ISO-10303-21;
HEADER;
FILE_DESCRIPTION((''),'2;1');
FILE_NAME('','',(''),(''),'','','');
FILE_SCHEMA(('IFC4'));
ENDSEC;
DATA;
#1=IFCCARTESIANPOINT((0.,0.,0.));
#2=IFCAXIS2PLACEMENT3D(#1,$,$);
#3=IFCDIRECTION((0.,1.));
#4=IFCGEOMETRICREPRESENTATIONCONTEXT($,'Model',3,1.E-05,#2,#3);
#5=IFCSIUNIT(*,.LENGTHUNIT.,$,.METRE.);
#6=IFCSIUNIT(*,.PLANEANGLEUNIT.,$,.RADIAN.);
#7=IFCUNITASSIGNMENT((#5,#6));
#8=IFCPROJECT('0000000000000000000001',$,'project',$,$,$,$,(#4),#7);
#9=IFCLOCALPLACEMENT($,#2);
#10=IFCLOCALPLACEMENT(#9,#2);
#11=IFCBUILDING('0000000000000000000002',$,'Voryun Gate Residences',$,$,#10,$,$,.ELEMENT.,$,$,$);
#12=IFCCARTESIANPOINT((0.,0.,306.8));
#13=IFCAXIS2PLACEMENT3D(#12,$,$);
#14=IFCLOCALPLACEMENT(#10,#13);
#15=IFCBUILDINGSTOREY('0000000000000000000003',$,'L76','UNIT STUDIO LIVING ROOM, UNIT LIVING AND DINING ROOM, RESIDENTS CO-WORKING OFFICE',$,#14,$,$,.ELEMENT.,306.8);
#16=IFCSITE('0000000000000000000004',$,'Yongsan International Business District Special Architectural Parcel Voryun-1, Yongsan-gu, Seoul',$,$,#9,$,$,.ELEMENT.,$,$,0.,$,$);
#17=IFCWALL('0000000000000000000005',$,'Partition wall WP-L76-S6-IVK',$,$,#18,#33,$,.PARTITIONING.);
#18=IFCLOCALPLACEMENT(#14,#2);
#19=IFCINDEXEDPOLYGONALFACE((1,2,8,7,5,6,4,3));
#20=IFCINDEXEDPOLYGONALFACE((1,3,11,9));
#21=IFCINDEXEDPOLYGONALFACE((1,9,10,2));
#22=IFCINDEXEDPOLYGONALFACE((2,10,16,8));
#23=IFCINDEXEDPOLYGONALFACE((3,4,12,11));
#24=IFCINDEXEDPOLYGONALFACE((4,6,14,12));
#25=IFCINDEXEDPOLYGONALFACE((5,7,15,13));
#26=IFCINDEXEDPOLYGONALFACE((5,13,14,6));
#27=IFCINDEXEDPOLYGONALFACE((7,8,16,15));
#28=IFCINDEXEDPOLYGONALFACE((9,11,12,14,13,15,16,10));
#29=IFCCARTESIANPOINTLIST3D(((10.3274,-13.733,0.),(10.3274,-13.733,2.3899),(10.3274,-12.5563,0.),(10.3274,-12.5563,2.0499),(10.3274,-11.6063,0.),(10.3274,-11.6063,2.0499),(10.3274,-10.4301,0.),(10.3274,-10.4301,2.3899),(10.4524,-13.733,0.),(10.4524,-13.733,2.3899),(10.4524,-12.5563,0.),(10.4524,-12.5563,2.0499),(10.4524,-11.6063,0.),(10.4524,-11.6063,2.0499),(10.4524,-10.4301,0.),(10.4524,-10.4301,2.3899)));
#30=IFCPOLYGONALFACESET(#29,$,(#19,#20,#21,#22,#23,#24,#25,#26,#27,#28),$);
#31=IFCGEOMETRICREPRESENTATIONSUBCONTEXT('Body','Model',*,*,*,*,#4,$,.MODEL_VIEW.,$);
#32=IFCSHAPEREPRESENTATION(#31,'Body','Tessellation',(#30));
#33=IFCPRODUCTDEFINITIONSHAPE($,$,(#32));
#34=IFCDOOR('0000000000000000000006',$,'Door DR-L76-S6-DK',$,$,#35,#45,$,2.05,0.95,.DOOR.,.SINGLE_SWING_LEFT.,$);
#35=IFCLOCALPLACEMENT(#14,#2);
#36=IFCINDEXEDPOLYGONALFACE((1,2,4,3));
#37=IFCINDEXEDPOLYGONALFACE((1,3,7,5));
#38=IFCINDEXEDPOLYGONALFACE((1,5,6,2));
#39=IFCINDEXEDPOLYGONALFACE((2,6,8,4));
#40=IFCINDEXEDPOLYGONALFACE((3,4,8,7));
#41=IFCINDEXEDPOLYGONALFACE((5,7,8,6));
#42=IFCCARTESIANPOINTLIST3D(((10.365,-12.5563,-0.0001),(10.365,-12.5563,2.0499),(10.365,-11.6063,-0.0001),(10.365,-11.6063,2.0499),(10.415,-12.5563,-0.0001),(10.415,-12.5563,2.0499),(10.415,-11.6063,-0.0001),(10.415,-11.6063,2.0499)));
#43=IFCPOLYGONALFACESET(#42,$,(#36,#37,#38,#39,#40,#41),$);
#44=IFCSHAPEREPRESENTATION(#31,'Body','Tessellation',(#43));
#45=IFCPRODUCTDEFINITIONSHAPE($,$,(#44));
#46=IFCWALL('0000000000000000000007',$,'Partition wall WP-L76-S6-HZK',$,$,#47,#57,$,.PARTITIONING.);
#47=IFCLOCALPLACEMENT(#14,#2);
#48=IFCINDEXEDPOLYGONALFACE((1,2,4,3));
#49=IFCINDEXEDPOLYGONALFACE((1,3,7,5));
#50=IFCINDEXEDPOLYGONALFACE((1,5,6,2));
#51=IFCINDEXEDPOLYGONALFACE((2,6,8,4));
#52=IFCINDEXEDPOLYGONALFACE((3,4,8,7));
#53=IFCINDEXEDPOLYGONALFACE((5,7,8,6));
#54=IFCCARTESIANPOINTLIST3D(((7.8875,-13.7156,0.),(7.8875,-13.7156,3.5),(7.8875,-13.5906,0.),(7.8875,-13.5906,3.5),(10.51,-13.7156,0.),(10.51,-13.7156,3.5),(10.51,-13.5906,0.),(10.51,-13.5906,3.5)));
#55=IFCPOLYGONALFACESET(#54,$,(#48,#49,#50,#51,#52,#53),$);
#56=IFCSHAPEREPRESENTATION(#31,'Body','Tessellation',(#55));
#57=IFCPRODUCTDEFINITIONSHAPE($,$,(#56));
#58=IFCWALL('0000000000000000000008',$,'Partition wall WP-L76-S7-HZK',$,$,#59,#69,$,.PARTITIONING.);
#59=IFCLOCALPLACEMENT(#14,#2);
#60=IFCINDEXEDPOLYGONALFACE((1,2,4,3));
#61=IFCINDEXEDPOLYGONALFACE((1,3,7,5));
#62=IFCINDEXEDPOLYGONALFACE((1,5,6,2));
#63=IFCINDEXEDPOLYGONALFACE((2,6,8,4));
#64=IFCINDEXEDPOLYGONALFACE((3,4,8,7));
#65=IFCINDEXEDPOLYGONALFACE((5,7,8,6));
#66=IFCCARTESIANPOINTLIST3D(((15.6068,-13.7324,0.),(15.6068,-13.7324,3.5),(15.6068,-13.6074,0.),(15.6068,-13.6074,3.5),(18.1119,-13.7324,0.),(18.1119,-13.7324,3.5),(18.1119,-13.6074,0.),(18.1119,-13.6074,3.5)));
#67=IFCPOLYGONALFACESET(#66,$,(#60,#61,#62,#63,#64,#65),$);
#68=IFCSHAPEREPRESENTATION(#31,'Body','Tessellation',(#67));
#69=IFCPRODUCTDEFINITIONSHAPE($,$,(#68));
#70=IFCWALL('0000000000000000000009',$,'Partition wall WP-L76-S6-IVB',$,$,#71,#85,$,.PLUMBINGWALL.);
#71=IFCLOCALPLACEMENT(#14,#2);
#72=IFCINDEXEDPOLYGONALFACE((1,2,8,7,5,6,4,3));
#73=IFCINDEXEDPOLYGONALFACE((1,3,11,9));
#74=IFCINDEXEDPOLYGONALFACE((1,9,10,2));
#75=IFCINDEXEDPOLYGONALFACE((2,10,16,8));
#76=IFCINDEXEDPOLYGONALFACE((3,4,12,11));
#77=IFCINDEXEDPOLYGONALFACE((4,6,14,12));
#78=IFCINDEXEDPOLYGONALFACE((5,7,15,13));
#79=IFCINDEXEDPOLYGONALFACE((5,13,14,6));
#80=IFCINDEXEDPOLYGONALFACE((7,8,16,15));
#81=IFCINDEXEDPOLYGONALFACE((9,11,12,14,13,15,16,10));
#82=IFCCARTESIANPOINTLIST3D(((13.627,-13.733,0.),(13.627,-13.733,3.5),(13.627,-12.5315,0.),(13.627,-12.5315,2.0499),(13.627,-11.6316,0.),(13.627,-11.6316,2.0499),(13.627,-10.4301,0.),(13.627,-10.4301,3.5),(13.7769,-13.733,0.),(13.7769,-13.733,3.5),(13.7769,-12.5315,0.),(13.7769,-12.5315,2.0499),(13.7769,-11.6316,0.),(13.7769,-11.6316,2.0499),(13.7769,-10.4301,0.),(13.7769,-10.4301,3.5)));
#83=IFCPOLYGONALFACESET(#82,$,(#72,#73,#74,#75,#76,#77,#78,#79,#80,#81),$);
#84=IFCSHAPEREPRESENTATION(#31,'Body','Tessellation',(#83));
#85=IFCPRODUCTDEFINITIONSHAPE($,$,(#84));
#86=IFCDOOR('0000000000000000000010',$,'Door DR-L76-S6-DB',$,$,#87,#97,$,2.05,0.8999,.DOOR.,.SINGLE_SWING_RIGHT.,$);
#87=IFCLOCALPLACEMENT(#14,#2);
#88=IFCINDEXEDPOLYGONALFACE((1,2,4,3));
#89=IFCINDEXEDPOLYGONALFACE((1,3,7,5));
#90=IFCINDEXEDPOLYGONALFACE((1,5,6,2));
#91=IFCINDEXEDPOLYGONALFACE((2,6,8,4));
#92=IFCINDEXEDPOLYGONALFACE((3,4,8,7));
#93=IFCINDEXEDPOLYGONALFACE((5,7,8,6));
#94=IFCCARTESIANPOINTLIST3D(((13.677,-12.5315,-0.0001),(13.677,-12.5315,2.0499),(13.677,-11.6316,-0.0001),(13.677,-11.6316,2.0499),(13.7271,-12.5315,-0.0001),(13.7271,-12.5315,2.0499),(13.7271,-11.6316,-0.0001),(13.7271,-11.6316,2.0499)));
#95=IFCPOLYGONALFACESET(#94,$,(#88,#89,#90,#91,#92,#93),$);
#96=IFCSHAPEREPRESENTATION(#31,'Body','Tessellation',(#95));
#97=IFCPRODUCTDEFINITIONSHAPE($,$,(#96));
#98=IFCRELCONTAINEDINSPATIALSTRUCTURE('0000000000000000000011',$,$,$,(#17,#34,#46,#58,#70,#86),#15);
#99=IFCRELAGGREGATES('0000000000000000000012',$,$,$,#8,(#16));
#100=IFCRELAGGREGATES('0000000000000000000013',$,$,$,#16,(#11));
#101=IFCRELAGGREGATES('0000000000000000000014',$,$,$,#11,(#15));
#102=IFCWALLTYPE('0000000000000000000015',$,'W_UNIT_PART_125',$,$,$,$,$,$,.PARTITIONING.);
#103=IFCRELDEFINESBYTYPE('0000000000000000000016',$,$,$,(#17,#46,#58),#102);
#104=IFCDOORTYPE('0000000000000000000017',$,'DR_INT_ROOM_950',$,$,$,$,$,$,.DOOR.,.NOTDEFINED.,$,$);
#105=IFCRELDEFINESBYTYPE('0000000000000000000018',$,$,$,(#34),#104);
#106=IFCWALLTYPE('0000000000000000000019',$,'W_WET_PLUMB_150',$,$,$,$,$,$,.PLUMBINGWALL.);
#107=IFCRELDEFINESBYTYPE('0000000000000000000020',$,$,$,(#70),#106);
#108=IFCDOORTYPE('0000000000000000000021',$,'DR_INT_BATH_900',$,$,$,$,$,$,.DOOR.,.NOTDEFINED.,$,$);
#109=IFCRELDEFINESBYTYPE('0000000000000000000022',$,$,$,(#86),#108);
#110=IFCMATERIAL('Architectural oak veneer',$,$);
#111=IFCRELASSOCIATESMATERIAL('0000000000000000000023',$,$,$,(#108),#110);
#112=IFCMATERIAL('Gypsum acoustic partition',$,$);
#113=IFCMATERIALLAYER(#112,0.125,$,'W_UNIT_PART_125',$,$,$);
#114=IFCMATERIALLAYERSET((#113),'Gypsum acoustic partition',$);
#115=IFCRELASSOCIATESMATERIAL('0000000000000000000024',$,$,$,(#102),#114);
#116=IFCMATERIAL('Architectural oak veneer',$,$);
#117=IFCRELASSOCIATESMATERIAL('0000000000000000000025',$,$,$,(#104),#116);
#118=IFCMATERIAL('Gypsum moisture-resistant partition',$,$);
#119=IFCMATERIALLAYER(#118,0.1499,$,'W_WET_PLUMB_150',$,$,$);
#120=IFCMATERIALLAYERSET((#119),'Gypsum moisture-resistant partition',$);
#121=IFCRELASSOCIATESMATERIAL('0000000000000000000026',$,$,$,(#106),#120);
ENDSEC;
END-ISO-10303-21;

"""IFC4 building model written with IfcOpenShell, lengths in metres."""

from ifc_helpers import new_model, si_unit, direction, frame, frame_2d, origin, place, context, subcontext, project, spatial, rectangle, extrude, material, layer, layer_set, type_object, element, fill, save


model = new_model("IFC4")

# Units and contexts
model_context = context("Model", 3, precision=1e-05, world=origin(), true_north=direction((0.0, 1.0)))
body_context = subcontext(model_context, "Body", "Model", "MODEL_VIEW")
ifc_project = project(units=[si_unit("LENGTHUNIT", "METRE"), si_unit("PLANEANGLEUNIT", "RADIAN")], contexts=[model_context])

# Site, building, storey
site_placement = place(None, origin())
site = spatial("IfcSite", under=ifc_project, at=site_placement, Name="Yongsan International Business District Special Architectural Parcel Voryun-1, Yongsan-gu, Seoul", CompositionType="ELEMENT", RefElevation=0.0)
building_placement = place(site_placement, origin())
building = spatial("IfcBuilding", under=site, at=building_placement, Name="Voryun Gate Residences", CompositionType="ELEMENT")
storey_placement = place(building_placement, frame((0.0, 0.0, 306.8)))
storey = spatial("IfcBuildingStorey", under=building, at=storey_placement, Name="L76", Description="UNIT STUDIO LIVING ROOM, UNIT LIVING AND DINING ROOM, RESIDENTS CO-WORKING OFFICE", CompositionType="ELEMENT", Elevation=306.8)

# Wall, opening, door
ifc_material_1 = material(Name="Architectural oak veneer")
door_type_1 = type_object("IfcDoorType", Name="DR_INT_BATH_900", OperationType="NOTDEFINED", PredefinedType="DOOR", material=ifc_material_1)
ifc_material_2 = material(Name="Gypsum acoustic partition")
ifc_layer_1 = layer(ifc_material_2, 0.125, Name="W_UNIT_PART_125")
ifc_layer_set_1 = layer_set([ifc_layer_1], Name="Gypsum acoustic partition")
wall_type_1 = type_object("IfcWallType", Name="W_UNIT_PART_125", PredefinedType="PARTITIONING", material=ifc_layer_set_1)
wall_1_placement = place(storey_placement, frame((10.3899, -13.7329, 0.0), z_axis=(0.0, 0.0, 1.0), x_axis=(0.0, 1.0, 0.0)))
wall_1 = element("IfcWall", 1, at=wall_1_placement, inside=storey, type_object=wall_type_1, Name="Partition wall WP-L76-S6-IVK", PredefinedType="PARTITIONING", context=body_context, shape_type="SweptSolid", body=[
    extrude(rectangle(XDim=3.303, YDim=0.125, at=frame_2d((1.6514, 0.0))), origin(), (0.0, 0.0, 1.0), 2.3899),
])
opening_1_placement = place(wall_1_placement, frame((1.1765, 0.0, 0.0)))
opening_1 = element("IfcOpeningElement", 2, at=opening_1_placement, cuts=wall_1, PredefinedType="OPENING", context=body_context, shape_type="SweptSolid", body=[
    extrude(rectangle(XDim=0.95, YDim=2.05, at=frame_2d((0.4751, 1.0249))), frame((0.0, 0.0725, 0.0), z_axis=(0.0, -1.0, 0.0), x_axis=(1.0, 0.0, 0.0)), (0.0, 0.0, 1.0), 0.145),
])
ifc_material_3 = material(Name="Architectural oak veneer")
door_type_2 = type_object("IfcDoorType", Name="DR_INT_ROOM_950", OperationType="NOTDEFINED", PredefinedType="DOOR", material=ifc_material_3)
door_1_placement = place(opening_1_placement, origin())
door_1 = element("IfcDoor", 3, at=door_1_placement, inside=storey, type_object=door_type_2, Name="Door DR-L76-S6-DK", OperationType="SINGLE_SWING_LEFT", OverallHeight=2.05, OverallWidth=0.95, PredefinedType="DOOR", context=body_context, shape_type="SweptSolid", body=[
    extrude(rectangle(XDim=0.95, YDim=2.05, at=frame_2d((0.4751, 1.0249))), frame((0.0, 0.0249, 0.0), z_axis=(0.0, -1.0, 0.0), x_axis=(1.0, 0.0, 0.0)), (0.0, 0.0, 1.0), 0.05),
])
fill(opening_1, door_1)

# Walls
wall_2_placement = place(storey_placement, frame((7.8875, -13.6531, 0.0), z_axis=(0.0, 0.0, 1.0), x_axis=(1.0, 0.0, 0.0)))
element("IfcWall", 4, at=wall_2_placement, inside=storey, type_object=wall_type_1, Name="Partition wall WP-L76-S6-HZK", PredefinedType="PARTITIONING", context=body_context, shape_type="SweptSolid", body=[
    extrude(rectangle(XDim=2.6226, YDim=0.125, at=frame_2d((1.3113, 0.0))), origin(), (0.0, 0.0, 1.0), 3.5),
])
wall_3_placement = place(storey_placement, frame((15.6069, -13.6699, 0.0), z_axis=(0.0, 0.0, 1.0), x_axis=(1.0, 0.0, 0.0)))
element("IfcWall", 5, at=wall_3_placement, inside=storey, type_object=wall_type_1, Name="Partition wall WP-L76-S7-HZK", PredefinedType="PARTITIONING", context=body_context, shape_type="SweptSolid", body=[
    extrude(rectangle(XDim=2.5051, YDim=0.125, at=frame_2d((1.2524, 0.0))), origin(), (0.0, 0.0, 1.0), 3.5),
])

# Wall, opening, door
ifc_material_4 = material(Name="Gypsum moisture-resistant partition")
ifc_layer_2 = layer(ifc_material_4, 0.1499, Name="W_WET_PLUMB_150")
ifc_layer_set_2 = layer_set([ifc_layer_2], Name="Gypsum moisture-resistant partition")
wall_type_2 = type_object("IfcWallType", Name="W_WET_PLUMB_150", PredefinedType="PLUMBINGWALL", material=ifc_layer_set_2)
wall_4_placement = place(storey_placement, frame((13.7019, -13.7329, 0.0), z_axis=(0.0, 0.0, 1.0), x_axis=(0.0, 1.0, 0.0)))
wall_4 = element("IfcWall", 6, at=wall_4_placement, inside=storey, type_object=wall_type_2, Name="Partition wall WP-L76-S6-IVB", PredefinedType="PLUMBINGWALL", context=body_context, shape_type="SweptSolid", body=[
    extrude(rectangle(XDim=3.303, YDim=0.1499, at=frame_2d((1.6514, 0.0))), origin(), (0.0, 0.0, 1.0), 3.5),
])
opening_2_placement = place(wall_4_placement, frame((1.2014, 0.0, 0.0)))
opening_2 = element("IfcOpeningElement", 7, at=opening_2_placement, cuts=wall_4, PredefinedType="OPENING", context=body_context, shape_type="SweptSolid", body=[
    extrude(rectangle(XDim=0.8999, YDim=2.05, at=frame_2d((0.45, 1.0249))), frame((0.0, 0.085, 0.0), z_axis=(0.0, -1.0, 0.0), x_axis=(1.0, 0.0, 0.0)), (0.0, 0.0, 1.0), 0.1699),
])
door_2_placement = place(opening_2_placement, origin())
door_2 = element("IfcDoor", 8, at=door_2_placement, inside=storey, type_object=door_type_1, Name="Door DR-L76-S6-DB", OperationType="SINGLE_SWING_RIGHT", OverallHeight=2.05, OverallWidth=0.8999, PredefinedType="DOOR", context=body_context, shape_type="SweptSolid", body=[
    extrude(rectangle(XDim=0.8999, YDim=2.05, at=frame_2d((0.45, 1.0249))), frame((0.0, 0.0249, 0.0), z_axis=(0.0, -1.0, 0.0), x_axis=(1.0, 0.0, 0.0)), (0.0, 0.0, 1.0), 0.05),
])
fill(opening_2, door_2)

save(model, "model.ifc")
